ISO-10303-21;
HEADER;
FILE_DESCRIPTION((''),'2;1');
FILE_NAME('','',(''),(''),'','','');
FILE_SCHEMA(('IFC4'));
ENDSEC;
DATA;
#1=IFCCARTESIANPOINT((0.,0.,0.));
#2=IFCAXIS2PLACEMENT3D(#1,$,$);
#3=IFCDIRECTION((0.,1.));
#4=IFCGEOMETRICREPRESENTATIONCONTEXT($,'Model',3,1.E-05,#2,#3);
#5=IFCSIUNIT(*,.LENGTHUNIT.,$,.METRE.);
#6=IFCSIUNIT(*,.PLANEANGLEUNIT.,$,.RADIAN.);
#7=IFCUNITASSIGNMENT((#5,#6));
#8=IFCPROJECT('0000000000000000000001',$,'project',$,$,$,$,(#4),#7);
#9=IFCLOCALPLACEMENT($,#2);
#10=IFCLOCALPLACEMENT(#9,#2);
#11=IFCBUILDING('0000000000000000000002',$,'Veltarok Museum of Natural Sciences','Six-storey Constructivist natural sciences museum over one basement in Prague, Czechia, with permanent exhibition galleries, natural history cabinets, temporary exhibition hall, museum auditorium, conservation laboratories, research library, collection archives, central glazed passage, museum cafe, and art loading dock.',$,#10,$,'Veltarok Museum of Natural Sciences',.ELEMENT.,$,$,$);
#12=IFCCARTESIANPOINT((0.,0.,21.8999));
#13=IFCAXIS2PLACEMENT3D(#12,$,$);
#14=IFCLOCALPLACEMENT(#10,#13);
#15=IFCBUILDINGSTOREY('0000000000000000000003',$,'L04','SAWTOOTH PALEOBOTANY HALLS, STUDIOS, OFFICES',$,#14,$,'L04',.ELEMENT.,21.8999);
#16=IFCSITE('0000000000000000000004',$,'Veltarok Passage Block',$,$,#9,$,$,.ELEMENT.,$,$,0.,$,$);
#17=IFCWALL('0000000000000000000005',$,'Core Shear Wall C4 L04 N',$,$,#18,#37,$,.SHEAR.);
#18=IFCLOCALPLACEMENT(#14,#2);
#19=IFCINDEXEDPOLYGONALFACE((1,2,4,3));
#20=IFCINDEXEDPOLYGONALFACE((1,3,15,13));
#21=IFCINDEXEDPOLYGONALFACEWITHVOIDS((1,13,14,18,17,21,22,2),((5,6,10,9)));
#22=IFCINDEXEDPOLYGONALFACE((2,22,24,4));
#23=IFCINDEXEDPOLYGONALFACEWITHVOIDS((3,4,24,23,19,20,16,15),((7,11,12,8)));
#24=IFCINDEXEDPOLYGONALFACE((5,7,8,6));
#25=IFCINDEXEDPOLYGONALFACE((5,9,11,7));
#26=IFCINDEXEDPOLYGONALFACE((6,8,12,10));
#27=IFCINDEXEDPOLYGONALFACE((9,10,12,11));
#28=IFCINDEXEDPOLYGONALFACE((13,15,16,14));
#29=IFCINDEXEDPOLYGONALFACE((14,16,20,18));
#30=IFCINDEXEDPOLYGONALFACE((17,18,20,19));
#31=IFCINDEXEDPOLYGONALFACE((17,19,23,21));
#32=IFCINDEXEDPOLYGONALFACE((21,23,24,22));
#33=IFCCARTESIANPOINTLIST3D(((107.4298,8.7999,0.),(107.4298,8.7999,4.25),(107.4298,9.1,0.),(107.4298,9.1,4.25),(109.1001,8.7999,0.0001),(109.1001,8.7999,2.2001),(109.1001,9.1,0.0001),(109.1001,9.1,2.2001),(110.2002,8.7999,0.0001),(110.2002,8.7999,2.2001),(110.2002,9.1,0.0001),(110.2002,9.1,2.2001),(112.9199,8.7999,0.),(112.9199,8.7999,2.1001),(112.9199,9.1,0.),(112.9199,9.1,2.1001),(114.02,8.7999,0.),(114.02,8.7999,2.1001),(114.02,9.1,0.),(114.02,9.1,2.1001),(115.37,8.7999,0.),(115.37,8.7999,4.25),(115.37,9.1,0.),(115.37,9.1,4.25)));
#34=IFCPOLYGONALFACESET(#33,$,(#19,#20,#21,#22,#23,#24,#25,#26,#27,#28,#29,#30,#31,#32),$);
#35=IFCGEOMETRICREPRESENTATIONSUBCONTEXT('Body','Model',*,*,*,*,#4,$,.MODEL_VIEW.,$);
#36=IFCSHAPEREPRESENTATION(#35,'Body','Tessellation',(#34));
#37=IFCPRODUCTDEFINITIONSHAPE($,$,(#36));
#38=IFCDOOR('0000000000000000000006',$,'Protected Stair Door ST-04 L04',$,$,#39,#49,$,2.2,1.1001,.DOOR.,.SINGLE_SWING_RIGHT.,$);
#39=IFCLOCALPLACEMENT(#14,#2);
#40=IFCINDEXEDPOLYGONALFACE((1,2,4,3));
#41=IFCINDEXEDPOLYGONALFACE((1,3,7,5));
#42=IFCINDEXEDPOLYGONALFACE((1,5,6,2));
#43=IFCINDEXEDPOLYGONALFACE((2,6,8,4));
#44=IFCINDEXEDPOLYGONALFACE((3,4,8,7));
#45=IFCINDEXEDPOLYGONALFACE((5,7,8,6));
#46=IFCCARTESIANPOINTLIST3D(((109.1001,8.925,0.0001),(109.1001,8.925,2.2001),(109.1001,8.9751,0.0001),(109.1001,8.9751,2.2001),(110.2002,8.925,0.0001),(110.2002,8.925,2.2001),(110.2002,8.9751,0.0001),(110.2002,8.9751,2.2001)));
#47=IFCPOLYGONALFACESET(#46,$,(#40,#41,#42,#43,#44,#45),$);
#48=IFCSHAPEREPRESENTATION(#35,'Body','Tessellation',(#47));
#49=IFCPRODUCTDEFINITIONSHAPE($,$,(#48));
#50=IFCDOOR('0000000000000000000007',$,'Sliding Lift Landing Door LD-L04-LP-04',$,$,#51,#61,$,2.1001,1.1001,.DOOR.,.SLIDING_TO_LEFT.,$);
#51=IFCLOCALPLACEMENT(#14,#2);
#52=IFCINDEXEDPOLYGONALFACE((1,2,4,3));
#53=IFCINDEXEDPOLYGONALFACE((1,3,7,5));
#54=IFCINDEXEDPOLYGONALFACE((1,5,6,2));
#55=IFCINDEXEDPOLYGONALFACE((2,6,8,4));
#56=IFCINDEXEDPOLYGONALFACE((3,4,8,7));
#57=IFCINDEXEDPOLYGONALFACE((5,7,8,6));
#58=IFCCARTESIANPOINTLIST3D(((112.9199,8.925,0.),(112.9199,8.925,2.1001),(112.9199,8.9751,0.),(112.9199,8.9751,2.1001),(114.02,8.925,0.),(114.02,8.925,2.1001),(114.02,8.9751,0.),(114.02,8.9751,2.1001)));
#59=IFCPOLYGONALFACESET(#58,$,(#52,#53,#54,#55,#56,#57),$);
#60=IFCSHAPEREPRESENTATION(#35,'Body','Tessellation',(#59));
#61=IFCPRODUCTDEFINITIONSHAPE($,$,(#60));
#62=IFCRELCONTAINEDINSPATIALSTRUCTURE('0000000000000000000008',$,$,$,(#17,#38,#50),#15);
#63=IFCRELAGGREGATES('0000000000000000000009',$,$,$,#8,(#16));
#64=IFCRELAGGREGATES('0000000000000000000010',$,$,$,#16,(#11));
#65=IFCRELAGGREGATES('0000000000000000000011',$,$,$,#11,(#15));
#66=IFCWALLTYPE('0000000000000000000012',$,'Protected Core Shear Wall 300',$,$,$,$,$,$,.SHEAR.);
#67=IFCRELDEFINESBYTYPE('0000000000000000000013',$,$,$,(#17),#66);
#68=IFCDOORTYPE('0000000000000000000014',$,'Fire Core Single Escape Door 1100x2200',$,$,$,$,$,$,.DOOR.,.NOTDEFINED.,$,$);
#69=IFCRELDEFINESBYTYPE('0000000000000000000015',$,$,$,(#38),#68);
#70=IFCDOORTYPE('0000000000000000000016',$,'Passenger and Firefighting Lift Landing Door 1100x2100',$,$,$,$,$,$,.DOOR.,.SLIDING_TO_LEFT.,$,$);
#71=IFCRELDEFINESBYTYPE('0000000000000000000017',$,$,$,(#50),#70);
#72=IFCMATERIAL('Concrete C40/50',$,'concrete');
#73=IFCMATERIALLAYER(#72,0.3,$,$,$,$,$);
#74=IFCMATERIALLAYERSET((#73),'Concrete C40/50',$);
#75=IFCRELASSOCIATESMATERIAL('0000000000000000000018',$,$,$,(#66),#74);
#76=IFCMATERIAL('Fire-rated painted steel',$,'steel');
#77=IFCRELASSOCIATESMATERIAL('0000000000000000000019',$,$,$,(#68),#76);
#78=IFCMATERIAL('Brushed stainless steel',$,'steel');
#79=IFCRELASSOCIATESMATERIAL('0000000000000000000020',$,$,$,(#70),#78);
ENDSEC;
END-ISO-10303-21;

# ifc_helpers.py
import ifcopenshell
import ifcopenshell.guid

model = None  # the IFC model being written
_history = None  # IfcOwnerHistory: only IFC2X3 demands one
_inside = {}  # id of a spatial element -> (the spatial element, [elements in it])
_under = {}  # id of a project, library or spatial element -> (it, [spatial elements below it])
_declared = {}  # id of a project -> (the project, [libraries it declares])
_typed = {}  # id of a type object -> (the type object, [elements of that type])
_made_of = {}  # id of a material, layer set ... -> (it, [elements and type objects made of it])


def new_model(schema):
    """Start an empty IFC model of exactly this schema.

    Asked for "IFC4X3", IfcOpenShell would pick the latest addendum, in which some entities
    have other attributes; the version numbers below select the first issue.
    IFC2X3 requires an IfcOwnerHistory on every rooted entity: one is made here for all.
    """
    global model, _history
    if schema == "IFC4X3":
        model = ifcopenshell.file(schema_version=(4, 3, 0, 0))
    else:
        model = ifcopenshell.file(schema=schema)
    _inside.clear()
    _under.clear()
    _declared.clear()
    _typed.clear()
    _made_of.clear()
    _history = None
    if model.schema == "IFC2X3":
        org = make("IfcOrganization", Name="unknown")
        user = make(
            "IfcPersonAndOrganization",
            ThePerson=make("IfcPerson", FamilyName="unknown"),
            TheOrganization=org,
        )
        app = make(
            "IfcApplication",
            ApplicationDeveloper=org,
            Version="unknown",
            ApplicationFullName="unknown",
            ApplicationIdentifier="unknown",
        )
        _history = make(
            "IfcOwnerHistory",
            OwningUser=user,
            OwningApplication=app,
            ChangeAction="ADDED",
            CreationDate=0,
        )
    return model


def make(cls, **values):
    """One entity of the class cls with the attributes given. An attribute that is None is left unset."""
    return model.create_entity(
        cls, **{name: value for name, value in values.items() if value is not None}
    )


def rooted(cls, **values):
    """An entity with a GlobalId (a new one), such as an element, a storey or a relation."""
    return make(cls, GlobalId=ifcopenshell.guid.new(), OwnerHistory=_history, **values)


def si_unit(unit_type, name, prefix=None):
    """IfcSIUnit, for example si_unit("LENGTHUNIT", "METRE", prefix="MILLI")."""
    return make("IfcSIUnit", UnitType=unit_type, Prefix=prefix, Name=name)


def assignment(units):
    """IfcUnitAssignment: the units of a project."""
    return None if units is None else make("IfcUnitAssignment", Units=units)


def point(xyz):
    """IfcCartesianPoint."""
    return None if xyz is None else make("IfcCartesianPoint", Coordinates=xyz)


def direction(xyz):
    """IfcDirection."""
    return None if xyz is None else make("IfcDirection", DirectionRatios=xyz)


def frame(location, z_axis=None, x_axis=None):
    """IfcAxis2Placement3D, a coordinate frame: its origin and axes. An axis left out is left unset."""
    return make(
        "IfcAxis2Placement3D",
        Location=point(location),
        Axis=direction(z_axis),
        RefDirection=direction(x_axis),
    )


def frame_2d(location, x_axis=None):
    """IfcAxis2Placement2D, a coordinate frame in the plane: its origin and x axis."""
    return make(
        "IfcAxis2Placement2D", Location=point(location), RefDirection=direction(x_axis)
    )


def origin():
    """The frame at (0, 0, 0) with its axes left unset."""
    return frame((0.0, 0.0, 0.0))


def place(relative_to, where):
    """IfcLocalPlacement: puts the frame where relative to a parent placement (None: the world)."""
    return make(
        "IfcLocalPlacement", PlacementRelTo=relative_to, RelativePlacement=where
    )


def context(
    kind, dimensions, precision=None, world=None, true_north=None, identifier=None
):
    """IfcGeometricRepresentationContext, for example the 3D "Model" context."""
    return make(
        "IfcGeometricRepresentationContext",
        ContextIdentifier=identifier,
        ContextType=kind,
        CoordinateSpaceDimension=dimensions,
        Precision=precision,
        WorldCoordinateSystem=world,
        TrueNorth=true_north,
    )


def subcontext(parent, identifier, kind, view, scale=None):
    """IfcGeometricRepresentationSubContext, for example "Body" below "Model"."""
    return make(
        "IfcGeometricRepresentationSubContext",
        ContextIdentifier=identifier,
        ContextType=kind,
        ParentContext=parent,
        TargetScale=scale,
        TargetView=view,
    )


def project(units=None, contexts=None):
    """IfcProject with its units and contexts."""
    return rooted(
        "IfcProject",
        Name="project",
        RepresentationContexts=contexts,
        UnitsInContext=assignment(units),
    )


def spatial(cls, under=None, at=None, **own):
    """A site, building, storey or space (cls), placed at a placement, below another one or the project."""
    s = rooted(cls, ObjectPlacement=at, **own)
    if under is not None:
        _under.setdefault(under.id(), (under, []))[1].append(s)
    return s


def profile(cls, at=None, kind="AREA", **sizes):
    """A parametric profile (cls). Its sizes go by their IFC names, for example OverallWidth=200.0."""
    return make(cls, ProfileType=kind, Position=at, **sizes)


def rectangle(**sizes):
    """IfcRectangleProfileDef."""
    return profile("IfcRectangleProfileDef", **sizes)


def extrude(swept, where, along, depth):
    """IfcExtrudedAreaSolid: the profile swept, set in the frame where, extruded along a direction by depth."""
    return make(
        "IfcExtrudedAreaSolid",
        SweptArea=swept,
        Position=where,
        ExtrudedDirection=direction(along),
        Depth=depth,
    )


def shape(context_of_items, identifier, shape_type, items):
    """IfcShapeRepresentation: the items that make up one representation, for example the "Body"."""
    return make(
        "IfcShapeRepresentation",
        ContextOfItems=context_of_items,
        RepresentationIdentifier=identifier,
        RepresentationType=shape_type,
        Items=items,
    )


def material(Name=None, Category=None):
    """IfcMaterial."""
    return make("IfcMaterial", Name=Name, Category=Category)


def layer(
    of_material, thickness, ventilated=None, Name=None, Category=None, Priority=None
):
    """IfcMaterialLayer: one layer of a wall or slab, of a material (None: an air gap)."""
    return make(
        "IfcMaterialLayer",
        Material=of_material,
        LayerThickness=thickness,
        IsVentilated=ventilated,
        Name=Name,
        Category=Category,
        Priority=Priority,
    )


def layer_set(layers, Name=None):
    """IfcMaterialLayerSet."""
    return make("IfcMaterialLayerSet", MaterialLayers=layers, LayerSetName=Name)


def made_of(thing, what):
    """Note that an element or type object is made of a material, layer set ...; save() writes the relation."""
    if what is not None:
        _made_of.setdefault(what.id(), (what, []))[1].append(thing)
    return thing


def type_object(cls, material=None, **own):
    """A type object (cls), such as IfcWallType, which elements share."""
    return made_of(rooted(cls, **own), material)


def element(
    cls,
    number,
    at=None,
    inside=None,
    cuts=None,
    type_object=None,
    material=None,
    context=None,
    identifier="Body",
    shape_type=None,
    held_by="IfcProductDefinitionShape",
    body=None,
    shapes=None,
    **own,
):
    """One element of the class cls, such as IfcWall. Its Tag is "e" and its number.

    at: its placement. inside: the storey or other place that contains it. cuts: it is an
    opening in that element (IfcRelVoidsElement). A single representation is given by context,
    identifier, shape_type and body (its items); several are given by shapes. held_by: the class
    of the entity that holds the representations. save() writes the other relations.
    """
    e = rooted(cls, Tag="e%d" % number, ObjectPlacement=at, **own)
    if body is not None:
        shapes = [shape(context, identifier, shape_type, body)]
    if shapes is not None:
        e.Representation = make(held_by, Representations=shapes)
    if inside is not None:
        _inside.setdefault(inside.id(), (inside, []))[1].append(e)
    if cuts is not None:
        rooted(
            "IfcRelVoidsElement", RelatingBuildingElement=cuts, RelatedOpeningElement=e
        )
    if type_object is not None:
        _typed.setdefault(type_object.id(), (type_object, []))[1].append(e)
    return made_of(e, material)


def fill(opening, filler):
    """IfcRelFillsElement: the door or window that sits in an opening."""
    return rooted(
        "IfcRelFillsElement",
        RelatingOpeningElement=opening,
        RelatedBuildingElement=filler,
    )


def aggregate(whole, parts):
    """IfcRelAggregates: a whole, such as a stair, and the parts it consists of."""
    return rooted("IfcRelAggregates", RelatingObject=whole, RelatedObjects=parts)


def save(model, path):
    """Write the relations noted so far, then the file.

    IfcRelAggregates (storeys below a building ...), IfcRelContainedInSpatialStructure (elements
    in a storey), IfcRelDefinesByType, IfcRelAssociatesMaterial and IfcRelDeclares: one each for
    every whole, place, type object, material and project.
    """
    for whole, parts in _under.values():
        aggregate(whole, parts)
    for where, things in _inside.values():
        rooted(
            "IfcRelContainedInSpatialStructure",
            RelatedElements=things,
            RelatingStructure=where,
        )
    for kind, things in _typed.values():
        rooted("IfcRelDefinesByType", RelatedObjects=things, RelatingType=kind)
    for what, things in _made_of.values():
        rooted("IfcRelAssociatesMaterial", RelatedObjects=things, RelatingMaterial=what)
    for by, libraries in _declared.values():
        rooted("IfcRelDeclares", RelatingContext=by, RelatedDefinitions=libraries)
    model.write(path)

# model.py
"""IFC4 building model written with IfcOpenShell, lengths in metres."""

from ifc_helpers import new_model, si_unit, direction, frame, frame_2d, origin, place, context, subcontext, project, spatial, rectangle, extrude, material, layer, layer_set, type_object, element, fill, save


model = new_model("IFC4")

# Units and contexts
model_context = context("Model", 3, precision=1e-05, world=origin(), true_north=direction((0.0, 1.0)))
body_context = subcontext(model_context, "Body", "Model", "MODEL_VIEW")
ifc_project = project(units=[si_unit("LENGTHUNIT", "METRE"), si_unit("PLANEANGLEUNIT", "RADIAN")], contexts=[model_context])

# Site, building, storey
site_placement = place(None, origin())
site = spatial("IfcSite", under=ifc_project, at=site_placement, Name="Veltarok Passage Block", CompositionType="ELEMENT", RefElevation=0.0)
building_placement = place(site_placement, origin())
building = spatial("IfcBuilding", under=site, at=building_placement, Name="Veltarok Museum of Natural Sciences", Description="Six-storey Constructivist natural sciences museum over one basement in Prague, Czechia, with permanent exhibition galleries, natural history cabinets, temporary exhibition hall, museum auditorium, conservation laboratories, research library, collection archives, central glazed passage, museum cafe, and art loading dock.", LongName="Veltarok Museum of Natural Sciences", CompositionType="ELEMENT")
storey_placement = place(building_placement, frame((0.0, 0.0, 21.8999)))
storey = spatial("IfcBuildingStorey", under=building, at=storey_placement, Name="L04", Description="SAWTOOTH PALEOBOTANY HALLS, STUDIOS, OFFICES", LongName="L04", CompositionType="ELEMENT", Elevation=21.8999)

# Shared definitions
ifc_material_1 = material(Name="Concrete C40/50", Category="concrete")

# Wall, openings, doors
ifc_layer_1 = layer(ifc_material_1, 0.3)
ifc_layer_set_1 = layer_set([ifc_layer_1], Name="Concrete C40/50")
wall_type_1 = type_object("IfcWallType", Name="Protected Core Shear Wall 300", PredefinedType="SHEAR", material=ifc_layer_set_1)
wall_1_placement = place(storey_placement, frame((115.3701, 8.95, 0.0), z_axis=(0.0, 0.0, 1.0), x_axis=(-1.0, 0.0, 0.0)))
wall_1 = element("IfcWall", 1, at=wall_1_placement, inside=storey, type_object=wall_type_1, Name="Core Shear Wall C4 L04 N", PredefinedType="SHEAR", context=body_context, shape_type="SweptSolid", body=[
    extrude(rectangle(XDim=7.9402, YDim=0.3, at=frame_2d((3.9702, 0.0))), origin(), (0.0, 0.0, 1.0), 4.25),
])
opening_1_placement = place(wall_1_placement, frame((5.1699, 0.0, 0.0)))
opening_1 = element("IfcOpeningElement", 2, at=opening_1_placement, cuts=wall_1, PredefinedType="OPENING", context=body_context, shape_type="SweptSolid", body=[
    extrude(rectangle(XDim=1.1001, YDim=2.2, at=frame_2d((0.55, 1.1001))), frame((0.0, 0.1602, 0.0), z_axis=(0.0, -1.0, 0.0), x_axis=(1.0, 0.0, 0.0)), (0.0, 0.0, 1.0), 0.3201),
])
opening_2_placement = place(wall_1_placement, frame((1.3501, 0.0, 0.0)))
opening_2 = element("IfcOpeningElement", 3, at=opening_2_placement, cuts=wall_1, PredefinedType="OPENING", context=body_context, shape_type="SweptSolid", body=[
    extrude(rectangle(XDim=1.1001, YDim=2.1001, at=frame_2d((0.55, 1.05))), frame((0.0, 0.1602, 0.0), z_axis=(0.0, -1.0, 0.0), x_axis=(1.0, 0.0, 0.0)), (0.0, 0.0, 1.0), 0.3201),
])
ifc_material_2 = material(Name="Fire-rated painted steel", Category="steel")
door_type_1 = type_object("IfcDoorType", Name="Fire Core Single Escape Door 1100x2200", OperationType="NOTDEFINED", PredefinedType="DOOR", material=ifc_material_2)
door_1_placement = place(opening_1_placement, origin())
door_1 = element("IfcDoor", 4, at=door_1_placement, inside=storey, type_object=door_type_1, Name="Protected Stair Door ST-04 L04", OperationType="SINGLE_SWING_RIGHT", OverallHeight=2.2, OverallWidth=1.1001, PredefinedType="DOOR", context=body_context, shape_type="SweptSolid", body=[
    extrude(rectangle(XDim=1.1001, YDim=2.2, at=frame_2d((0.55, 1.1001))), frame((0.0, 0.0249, 0.0), z_axis=(0.0, -1.0, 0.0), x_axis=(1.0, 0.0, 0.0)), (0.0, 0.0, 1.0), 0.05),
])
fill(opening_1, door_1)
ifc_material_3 = material(Name="Brushed stainless steel", Category="steel")
door_type_2 = type_object("IfcDoorType", Name="Passenger and Firefighting Lift Landing Door 1100x2100", OperationType="SLIDING_TO_LEFT", PredefinedType="DOOR", material=ifc_material_3)
door_2_placement = place(opening_2_placement, origin())
door_2 = element("IfcDoor", 5, at=door_2_placement, inside=storey, type_object=door_type_2, Name="Sliding Lift Landing Door LD-L04-LP-04", OperationType="SLIDING_TO_LEFT", OverallHeight=2.1001, OverallWidth=1.1001, PredefinedType="DOOR", context=body_context, shape_type="SweptSolid", body=[
    extrude(rectangle(XDim=1.1001, YDim=2.1001, at=frame_2d((0.55, 1.05))), frame((0.0, 0.0249, 0.0), z_axis=(0.0, -1.0, 0.0), x_axis=(1.0, 0.0, 0.0)), (0.0, 0.0, 1.0), 0.05),
])
fill(opening_2, door_2)

save(model, "model.ifc")
